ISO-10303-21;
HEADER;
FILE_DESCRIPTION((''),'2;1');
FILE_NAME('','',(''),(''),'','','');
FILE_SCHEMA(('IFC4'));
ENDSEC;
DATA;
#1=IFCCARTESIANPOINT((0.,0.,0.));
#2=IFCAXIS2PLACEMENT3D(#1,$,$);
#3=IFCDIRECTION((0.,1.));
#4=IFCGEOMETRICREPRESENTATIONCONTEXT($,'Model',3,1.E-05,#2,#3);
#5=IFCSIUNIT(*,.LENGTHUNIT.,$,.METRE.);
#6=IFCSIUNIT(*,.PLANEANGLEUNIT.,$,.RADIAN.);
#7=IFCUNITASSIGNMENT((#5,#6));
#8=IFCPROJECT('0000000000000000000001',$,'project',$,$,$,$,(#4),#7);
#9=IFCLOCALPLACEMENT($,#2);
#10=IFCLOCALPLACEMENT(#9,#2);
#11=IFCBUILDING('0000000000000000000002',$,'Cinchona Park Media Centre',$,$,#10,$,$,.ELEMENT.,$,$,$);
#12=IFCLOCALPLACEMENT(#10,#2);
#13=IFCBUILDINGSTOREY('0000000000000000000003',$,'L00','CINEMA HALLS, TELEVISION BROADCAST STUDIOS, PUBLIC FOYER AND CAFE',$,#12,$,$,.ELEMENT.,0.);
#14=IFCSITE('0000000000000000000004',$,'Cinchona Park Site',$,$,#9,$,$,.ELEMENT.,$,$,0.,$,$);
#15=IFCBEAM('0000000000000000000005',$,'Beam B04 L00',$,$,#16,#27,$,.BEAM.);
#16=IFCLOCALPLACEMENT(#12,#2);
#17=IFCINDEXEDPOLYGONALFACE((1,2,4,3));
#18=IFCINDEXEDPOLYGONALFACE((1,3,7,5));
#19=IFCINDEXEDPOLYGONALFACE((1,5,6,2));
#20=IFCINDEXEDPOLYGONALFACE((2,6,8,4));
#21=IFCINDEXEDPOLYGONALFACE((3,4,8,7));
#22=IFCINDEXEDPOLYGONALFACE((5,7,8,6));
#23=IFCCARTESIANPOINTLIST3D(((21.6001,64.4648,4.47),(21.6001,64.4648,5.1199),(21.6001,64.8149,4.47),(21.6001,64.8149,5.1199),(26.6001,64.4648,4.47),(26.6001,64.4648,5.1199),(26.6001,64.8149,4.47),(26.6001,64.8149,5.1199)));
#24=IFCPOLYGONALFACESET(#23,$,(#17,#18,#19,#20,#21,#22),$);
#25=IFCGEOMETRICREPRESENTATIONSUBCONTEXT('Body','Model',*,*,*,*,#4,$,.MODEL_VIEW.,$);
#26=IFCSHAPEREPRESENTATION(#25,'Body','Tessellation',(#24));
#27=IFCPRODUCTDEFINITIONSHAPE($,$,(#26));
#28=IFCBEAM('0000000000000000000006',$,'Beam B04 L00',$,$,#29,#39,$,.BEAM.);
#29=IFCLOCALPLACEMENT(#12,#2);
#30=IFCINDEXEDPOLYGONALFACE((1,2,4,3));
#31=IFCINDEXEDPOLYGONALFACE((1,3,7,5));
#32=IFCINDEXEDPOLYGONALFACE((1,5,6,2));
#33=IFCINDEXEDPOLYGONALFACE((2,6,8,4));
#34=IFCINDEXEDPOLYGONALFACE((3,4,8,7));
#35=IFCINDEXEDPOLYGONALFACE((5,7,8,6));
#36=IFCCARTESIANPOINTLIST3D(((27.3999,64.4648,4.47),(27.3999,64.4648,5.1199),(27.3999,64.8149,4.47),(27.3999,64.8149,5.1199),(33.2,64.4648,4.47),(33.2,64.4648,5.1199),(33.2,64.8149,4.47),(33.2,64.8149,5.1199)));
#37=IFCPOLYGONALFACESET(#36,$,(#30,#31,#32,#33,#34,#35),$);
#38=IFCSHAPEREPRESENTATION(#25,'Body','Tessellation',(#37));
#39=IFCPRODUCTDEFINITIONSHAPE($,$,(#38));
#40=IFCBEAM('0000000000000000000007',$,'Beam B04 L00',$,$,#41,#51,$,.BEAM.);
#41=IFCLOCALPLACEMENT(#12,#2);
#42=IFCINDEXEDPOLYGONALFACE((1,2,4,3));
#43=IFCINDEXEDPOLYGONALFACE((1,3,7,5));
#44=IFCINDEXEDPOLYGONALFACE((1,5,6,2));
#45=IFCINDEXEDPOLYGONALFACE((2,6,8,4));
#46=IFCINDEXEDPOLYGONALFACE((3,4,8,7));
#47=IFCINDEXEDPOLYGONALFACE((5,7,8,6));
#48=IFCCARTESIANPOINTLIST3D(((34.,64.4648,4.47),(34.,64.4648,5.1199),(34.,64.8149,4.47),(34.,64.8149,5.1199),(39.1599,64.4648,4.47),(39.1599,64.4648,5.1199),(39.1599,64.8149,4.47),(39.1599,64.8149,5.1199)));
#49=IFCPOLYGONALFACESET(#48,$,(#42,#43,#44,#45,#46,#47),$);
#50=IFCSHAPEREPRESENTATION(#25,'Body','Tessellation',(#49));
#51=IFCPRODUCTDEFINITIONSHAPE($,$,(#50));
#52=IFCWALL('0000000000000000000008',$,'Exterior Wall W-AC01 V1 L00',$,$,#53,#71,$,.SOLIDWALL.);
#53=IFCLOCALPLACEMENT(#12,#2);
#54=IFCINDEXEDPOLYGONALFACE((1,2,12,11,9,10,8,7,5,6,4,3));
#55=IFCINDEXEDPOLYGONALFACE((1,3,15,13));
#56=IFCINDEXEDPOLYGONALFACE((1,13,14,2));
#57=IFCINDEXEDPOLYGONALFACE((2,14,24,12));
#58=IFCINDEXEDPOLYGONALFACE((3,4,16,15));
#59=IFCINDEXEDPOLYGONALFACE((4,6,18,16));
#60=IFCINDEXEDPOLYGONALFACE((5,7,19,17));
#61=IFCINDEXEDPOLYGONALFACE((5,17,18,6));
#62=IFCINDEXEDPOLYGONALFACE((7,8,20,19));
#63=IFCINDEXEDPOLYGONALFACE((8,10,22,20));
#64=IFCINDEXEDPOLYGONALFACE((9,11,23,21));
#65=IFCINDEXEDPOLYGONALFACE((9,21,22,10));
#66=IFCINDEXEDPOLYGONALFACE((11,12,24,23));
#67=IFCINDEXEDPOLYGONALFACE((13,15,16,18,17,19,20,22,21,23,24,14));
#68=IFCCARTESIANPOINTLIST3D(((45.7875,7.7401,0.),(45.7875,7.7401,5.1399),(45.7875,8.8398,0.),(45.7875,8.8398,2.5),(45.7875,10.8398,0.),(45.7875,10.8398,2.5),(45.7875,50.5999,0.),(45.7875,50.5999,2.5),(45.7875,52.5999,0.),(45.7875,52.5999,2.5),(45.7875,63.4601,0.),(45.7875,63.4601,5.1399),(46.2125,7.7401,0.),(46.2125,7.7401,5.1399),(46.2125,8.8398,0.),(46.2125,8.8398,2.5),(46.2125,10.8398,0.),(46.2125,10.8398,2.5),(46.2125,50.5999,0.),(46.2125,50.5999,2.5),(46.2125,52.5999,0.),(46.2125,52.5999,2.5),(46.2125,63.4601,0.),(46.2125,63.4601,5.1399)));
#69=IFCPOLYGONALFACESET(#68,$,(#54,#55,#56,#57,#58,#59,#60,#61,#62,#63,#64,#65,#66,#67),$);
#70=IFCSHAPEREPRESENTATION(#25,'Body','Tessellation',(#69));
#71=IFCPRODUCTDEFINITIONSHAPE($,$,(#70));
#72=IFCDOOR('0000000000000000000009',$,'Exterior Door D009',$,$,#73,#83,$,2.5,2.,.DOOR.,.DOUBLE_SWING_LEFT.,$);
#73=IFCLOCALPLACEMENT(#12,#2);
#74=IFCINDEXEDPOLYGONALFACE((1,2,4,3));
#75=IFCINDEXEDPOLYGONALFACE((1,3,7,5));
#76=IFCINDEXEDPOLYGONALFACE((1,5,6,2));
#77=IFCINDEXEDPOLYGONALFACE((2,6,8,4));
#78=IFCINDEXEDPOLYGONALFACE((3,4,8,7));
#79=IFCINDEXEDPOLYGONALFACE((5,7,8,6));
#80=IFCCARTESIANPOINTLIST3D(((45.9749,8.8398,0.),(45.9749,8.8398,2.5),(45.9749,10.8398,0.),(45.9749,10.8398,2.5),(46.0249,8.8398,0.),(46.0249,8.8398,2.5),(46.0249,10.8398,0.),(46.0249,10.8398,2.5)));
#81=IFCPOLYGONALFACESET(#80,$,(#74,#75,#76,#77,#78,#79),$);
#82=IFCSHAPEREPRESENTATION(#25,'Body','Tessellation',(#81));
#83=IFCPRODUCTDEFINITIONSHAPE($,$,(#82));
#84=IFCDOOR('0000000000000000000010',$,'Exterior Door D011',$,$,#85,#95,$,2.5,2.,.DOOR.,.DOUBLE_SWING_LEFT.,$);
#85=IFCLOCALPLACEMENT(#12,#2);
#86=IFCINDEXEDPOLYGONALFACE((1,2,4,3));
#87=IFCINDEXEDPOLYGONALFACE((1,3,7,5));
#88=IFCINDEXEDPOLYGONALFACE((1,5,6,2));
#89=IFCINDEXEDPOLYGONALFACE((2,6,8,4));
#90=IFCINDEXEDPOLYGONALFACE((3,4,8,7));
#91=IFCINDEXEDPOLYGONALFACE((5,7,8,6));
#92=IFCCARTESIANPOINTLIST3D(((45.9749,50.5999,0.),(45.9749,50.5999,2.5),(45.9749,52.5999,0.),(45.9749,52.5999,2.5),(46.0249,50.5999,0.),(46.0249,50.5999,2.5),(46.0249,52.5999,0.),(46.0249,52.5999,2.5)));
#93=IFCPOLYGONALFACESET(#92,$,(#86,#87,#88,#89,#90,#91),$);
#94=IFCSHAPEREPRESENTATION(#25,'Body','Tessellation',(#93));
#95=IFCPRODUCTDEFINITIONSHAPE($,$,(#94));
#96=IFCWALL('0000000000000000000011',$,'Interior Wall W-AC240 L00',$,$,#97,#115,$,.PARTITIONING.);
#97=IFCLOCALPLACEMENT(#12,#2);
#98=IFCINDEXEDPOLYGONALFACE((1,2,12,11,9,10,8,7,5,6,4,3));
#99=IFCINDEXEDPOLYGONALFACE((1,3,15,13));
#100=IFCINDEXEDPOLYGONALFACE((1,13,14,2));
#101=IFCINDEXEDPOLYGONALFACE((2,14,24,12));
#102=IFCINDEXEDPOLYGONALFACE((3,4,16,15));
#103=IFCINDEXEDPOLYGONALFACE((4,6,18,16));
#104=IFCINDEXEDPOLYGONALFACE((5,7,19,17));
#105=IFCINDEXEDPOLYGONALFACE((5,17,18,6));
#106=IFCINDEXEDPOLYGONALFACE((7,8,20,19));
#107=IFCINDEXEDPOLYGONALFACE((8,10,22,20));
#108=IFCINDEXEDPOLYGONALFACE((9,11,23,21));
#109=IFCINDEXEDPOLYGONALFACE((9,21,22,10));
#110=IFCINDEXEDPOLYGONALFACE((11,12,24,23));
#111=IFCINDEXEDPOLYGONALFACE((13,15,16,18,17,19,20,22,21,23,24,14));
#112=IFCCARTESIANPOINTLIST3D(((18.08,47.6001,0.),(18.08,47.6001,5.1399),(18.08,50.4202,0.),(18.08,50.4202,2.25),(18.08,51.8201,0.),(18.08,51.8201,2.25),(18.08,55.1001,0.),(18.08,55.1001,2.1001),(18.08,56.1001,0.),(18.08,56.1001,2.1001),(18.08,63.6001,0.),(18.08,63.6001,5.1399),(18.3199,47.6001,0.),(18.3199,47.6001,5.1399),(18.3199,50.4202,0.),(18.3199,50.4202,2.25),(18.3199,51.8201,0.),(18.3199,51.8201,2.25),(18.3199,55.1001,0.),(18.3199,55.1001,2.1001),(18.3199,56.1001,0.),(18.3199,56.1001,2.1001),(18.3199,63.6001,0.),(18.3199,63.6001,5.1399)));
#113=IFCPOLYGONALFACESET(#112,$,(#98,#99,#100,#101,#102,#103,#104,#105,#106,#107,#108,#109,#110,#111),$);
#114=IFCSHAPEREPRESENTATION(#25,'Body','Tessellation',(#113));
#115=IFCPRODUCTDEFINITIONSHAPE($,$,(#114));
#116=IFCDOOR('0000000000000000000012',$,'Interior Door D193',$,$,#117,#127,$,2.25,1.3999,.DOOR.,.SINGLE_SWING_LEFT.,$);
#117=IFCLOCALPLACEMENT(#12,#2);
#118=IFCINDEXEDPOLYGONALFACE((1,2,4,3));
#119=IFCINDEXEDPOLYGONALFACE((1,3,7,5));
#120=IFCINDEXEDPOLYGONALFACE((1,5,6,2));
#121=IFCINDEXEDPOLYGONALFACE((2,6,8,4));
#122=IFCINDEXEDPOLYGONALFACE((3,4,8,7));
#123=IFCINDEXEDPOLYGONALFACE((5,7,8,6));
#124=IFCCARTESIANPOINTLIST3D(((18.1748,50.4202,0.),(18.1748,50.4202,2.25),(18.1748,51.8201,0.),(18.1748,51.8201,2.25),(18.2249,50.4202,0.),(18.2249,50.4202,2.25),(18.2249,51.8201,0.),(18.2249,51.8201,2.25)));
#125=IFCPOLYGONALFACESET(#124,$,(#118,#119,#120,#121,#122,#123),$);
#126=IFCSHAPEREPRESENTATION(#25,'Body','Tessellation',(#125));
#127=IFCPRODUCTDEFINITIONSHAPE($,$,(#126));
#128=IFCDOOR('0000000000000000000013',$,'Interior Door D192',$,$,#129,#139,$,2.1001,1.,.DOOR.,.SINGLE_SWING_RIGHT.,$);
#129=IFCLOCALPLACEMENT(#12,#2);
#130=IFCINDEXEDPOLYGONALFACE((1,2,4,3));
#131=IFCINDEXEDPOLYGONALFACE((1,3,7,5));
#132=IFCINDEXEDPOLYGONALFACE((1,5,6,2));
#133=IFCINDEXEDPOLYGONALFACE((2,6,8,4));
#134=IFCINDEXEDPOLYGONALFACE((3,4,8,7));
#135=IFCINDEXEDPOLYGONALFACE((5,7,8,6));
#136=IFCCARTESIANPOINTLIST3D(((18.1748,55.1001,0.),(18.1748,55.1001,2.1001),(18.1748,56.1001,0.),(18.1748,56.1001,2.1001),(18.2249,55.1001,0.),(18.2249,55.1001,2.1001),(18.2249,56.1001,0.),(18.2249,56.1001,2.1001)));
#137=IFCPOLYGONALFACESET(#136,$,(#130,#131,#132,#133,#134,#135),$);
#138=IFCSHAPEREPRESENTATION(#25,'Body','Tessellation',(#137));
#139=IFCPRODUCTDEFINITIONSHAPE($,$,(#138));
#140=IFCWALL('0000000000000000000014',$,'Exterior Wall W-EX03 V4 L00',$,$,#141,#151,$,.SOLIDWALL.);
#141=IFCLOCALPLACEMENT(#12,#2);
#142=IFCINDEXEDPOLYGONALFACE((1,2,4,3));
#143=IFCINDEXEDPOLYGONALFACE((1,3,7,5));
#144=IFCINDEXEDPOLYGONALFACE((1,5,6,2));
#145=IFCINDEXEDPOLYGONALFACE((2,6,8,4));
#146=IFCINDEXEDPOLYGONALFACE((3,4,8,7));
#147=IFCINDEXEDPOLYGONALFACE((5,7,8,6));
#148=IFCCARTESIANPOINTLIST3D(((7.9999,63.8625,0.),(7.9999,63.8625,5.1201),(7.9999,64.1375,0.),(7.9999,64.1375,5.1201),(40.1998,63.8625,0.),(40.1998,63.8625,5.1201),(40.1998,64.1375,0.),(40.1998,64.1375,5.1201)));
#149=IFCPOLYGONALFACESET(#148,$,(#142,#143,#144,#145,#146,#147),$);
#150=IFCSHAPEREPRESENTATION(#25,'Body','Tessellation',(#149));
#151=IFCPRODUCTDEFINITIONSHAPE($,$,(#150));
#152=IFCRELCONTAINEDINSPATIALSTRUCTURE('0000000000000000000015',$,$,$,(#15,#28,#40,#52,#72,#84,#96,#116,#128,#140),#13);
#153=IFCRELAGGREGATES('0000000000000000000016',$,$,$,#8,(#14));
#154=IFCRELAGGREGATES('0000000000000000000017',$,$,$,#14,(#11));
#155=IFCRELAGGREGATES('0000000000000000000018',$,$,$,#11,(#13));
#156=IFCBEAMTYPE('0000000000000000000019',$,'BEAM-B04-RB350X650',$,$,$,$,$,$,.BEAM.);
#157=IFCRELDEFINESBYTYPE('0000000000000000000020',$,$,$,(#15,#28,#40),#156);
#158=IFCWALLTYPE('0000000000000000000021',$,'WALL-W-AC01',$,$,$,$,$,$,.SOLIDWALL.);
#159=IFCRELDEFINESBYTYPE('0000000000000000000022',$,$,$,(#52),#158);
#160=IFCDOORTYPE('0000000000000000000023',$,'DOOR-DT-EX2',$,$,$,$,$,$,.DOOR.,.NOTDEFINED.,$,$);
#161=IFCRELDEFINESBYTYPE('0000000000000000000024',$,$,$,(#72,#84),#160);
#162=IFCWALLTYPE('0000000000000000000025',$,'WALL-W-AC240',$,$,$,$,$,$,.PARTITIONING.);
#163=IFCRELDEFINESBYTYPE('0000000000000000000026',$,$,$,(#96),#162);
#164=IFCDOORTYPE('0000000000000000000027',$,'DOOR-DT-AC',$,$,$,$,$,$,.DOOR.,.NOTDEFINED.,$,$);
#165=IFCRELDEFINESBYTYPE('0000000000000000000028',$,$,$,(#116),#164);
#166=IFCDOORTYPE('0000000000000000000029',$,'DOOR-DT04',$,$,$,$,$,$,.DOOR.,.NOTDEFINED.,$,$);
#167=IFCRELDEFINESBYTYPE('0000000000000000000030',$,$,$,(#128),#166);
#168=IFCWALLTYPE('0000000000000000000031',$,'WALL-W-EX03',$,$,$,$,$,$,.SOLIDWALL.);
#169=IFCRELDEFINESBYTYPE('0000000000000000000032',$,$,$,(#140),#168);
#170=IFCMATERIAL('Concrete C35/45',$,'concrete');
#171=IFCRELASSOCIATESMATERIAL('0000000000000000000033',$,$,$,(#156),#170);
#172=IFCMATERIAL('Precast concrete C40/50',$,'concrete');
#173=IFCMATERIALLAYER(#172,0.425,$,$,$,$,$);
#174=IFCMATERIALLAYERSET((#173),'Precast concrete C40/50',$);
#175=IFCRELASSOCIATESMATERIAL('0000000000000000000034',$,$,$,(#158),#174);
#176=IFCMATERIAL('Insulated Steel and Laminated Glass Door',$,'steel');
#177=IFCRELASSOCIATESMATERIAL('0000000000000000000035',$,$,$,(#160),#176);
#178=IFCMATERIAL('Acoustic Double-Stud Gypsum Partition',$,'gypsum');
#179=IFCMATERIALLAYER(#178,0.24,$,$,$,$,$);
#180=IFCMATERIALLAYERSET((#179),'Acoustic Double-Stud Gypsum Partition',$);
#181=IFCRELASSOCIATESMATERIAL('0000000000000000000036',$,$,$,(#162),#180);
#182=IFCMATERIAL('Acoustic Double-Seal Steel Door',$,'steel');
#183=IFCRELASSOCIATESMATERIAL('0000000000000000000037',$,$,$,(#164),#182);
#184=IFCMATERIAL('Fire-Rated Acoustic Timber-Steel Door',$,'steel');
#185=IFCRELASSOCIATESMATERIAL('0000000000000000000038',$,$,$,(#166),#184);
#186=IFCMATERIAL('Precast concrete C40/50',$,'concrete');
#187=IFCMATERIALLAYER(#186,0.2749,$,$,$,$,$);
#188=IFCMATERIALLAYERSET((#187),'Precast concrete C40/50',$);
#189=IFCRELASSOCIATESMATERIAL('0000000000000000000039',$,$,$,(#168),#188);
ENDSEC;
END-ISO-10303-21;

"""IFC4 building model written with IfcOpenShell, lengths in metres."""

from ifc_helpers import new_model, si_unit, direction, frame, frame_2d, origin, origin_2d, place, context, subcontext, project, spatial, rectangle, extrude, material, layer, layer_set, material_profile, profile_set, type_object, element, fill, save


model = new_model("IFC4")

# Units and contexts
model_context = context("Model", 3, precision=1e-05, world=origin(), true_north=direction((0.0, 1.0)))
body_context = subcontext(model_context, "Body", "Model", "MODEL_VIEW")
ifc_project = project(units=[si_unit("LENGTHUNIT", "METRE"), si_unit("PLANEANGLEUNIT", "RADIAN")], contexts=[model_context])

# Site, building, storey
site_placement = place(None, origin())
site = spatial("IfcSite", under=ifc_project, at=site_placement, Name="Cinchona Park Site", CompositionType="ELEMENT", RefElevation=0.0)
building_placement = place(site_placement, origin())
building = spatial("IfcBuilding", under=site, at=building_placement, Name="Cinchona Park Media Centre", CompositionType="ELEMENT")
storey_placement = place(building_placement, origin())
storey = spatial("IfcBuildingStorey", under=building, at=storey_placement, Name="L00", Description="CINEMA HALLS, TELEVISION BROADCAST STUDIOS, PUBLIC FOYER AND CAFE", CompositionType="ELEMENT", Elevation=0.0)

# Beams
ifc_material_1 = material(Name="Concrete C35/45", Category="concrete")
ifc_material_profile_1 = material_profile(ifc_material_1, rectangle(XDim=0.3501, YDim=0.6499, at=origin_2d()), Name="RB 350X650")
ifc_profile_set_1 = profile_set([ifc_material_profile_1], Name="Concrete C35/45")
beam_type_1 = type_object("IfcBeamType", Name="BEAM-B04-RB350X650", PredefinedType="BEAM", material=ifc_profile_set_1)
for number, where, z_axis, x_axis, name in (
    (1, (21.6001, 64.6399, 4.7949), (1.0, 0.0, 0.0), (0.0, 1.0, 0.0), "Beam B04 L00"),
):
    element("IfcBeam", number, at=place(storey_placement, frame(where, z_axis=z_axis, x_axis=x_axis)), inside=storey, type_object=beam_type_1, Name=name, PredefinedType="BEAM", context=body_context, shape_type="SweptSolid", body=[
        extrude(rectangle(XDim=0.3501, YDim=0.6499, at=origin_2d()), origin(), (0.0, 0.0, 1.0), 5.0),
    ])
beam_1_placement = place(storey_placement, frame((27.3999, 64.6399, 4.7949), z_axis=(1.0, 0.0, 0.0), x_axis=(0.0, 1.0, 0.0)))
element("IfcBeam", 2, at=beam_1_placement, inside=storey, type_object=beam_type_1, Name="Beam B04 L00", PredefinedType="BEAM", context=body_context, shape_type="SweptSolid", body=[
    extrude(rectangle(XDim=0.3501, YDim=0.6499, at=origin_2d()), origin(), (0.0, 0.0, 1.0), 5.8),
])
beam_2_placement = place(storey_placement, frame((34.0, 64.6399, 4.7949), z_axis=(1.0, 0.0, 0.0), x_axis=(0.0, 1.0, 0.0)))
element("IfcBeam", 3, at=beam_2_placement, inside=storey, type_object=beam_type_1, Name="Beam B04 L00", PredefinedType="BEAM", context=body_context, shape_type="SweptSolid", body=[
    extrude(rectangle(XDim=0.3501, YDim=0.6499, at=origin_2d()), origin(), (0.0, 0.0, 1.0), 5.1599),
])

# Walls, openings, doors
ifc_material_2 = material(Name="Precast concrete C40/50", Category="concrete")
ifc_layer_1 = layer(ifc_material_2, 0.425)
ifc_layer_set_1 = layer_set([ifc_layer_1], Name="Precast concrete C40/50")
wall_type_1 = type_object("IfcWallType", Name="WALL-W-AC01", PredefinedType="SOLIDWALL", material=ifc_layer_set_1)
wall_1_placement = place(storey_placement, frame((46.0, 63.46, 0.0), z_axis=(0.0, 0.0, 1.0), x_axis=(0.0, -1.0, 0.0)))
wall_1 = element("IfcWall", 4, at=wall_1_placement, inside=storey, type_object=wall_type_1, Name="Exterior Wall W-AC01 V1 L00", PredefinedType="SOLIDWALL", context=body_context, shape_type="SweptSolid", body=[
    extrude(rectangle(XDim=55.72, YDim=0.425, at=frame_2d((27.8599, 0.0))), origin(), (0.0, 0.0, 1.0), 5.1399),
])
opening_1_placement = place(wall_1_placement, frame((52.6201, 0.0, 0.0)))
opening_1 = element("IfcOpeningElement", 5, at=opening_1_placement, cuts=wall_1, PredefinedType="OPENING", context=body_context, shape_type="SweptSolid", body=[
    extrude(rectangle(XDim=2.0, YDim=2.5, at=frame_2d((1.0, 1.25))), frame((0.0, 0.2224, 0.0), z_axis=(0.0, -1.0, 0.0), x_axis=(1.0, 0.0, 0.0)), (0.0, 0.0, 1.0), 0.4451),
])
opening_2_placement = place(wall_1_placement, frame((10.8601, 0.0, 0.0)))
opening_2 = element("IfcOpeningElement", 6, at=opening_2_placement, cuts=wall_1, PredefinedType="OPENING", context=body_context, shape_type="SweptSolid", body=[
    extrude(rectangle(XDim=2.0, YDim=2.5, at=frame_2d((1.0, 1.25))), frame((0.0, 0.2224, 0.0), z_axis=(0.0, -1.0, 0.0), x_axis=(1.0, 0.0, 0.0)), (0.0, 0.0, 1.0), 0.4451),
])
ifc_material_3 = material(Name="Insulated Steel and Laminated Glass Door", Category="steel")
door_type_1 = type_object("IfcDoorType", Name="DOOR-DT-EX2", OperationType="NOTDEFINED", PredefinedType="DOOR", material=ifc_material_3)
door_1_placement = place(opening_1_placement, origin())
door_1 = element("IfcDoor", 7, at=door_1_placement, inside=storey, type_object=door_type_1, Name="Exterior Door D009", OperationType="DOUBLE_SWING_LEFT", OverallHeight=2.5, OverallWidth=2.0, PredefinedType="DOOR", context=body_context, shape_type="SweptSolid", body=[
    extrude(rectangle(XDim=2.0, YDim=2.5, at=frame_2d((1.0, 1.25))), frame((0.0, 0.0249, 0.0), z_axis=(0.0, -1.0, 0.0), x_axis=(1.0, 0.0, 0.0)), (0.0, 0.0, 1.0), 0.05),
])
fill(opening_1, door_1)
door_2_placement = place(opening_2_placement, origin())
door_2 = element("IfcDoor", 8, at=door_2_placement, inside=storey, type_object=door_type_1, Name="Exterior Door D011", OperationType="DOUBLE_SWING_LEFT", OverallHeight=2.5, OverallWidth=2.0, PredefinedType="DOOR", context=body_context, shape_type="SweptSolid", body=[
    extrude(rectangle(XDim=2.0, YDim=2.5, at=frame_2d((1.0, 1.25))), frame((0.0, 0.0249, 0.0), z_axis=(0.0, -1.0, 0.0), x_axis=(1.0, 0.0, 0.0)), (0.0, 0.0, 1.0), 0.05),
])
fill(opening_2, door_2)
ifc_material_4 = material(Name="Acoustic Double-Stud Gypsum Partition", Category="gypsum")
ifc_layer_2 = layer(ifc_material_4, 0.24)
ifc_layer_set_2 = layer_set([ifc_layer_2], Name="Acoustic Double-Stud Gypsum Partition")
wall_type_2 = type_object("IfcWallType", Name="WALL-W-AC240", PredefinedType="PARTITIONING", material=ifc_layer_set_2)
wall_2_placement = place(storey_placement, frame((18.2, 63.6001, 0.0), z_axis=(0.0, 0.0, 1.0), x_axis=(0.0, -1.0, 0.0)))
wall_2 = element("IfcWall", 9, at=wall_2_placement, inside=storey, type_object=wall_type_2, Name="Interior Wall W-AC240 L00", PredefinedType="PARTITIONING", context=body_context, shape_type="SweptSolid", body=[
    extrude(rectangle(XDim=16.0, YDim=0.24, at=frame_2d((8.0, 0.0))), origin(), (0.0, 0.0, 1.0), 5.1399),
])
opening_3_placement = place(wall_2_placement, frame((7.5, 0.0, 0.0)))
opening_3 = element("IfcOpeningElement", 10, at=opening_3_placement, cuts=wall_2, PredefinedType="OPENING", context=body_context, shape_type="SweptSolid", body=[
    extrude(rectangle(XDim=1.0, YDim=2.1001, at=frame_2d((0.5, 1.05))), frame((0.0, 0.1299, 0.0), z_axis=(0.0, -1.0, 0.0), x_axis=(1.0, 0.0, 0.0)), (0.0, 0.0, 1.0), 0.26),
])
opening_4_placement = place(wall_2_placement, frame((11.78, 0.0, 0.0)))
opening_4 = element("IfcOpeningElement", 11, at=opening_4_placement, cuts=wall_2, PredefinedType="OPENING", context=body_context, shape_type="SweptSolid", body=[
    extrude(rectangle(XDim=1.3999, YDim=2.25, at=frame_2d((0.7, 1.125))), frame((0.0, 0.1299, 0.0), z_axis=(0.0, -1.0, 0.0), x_axis=(1.0, 0.0, 0.0)), (0.0, 0.0, 1.0), 0.26),
])
ifc_material_5 = material(Name="Acoustic Double-Seal Steel Door", Category="steel")
door_type_2 = type_object("IfcDoorType", Name="DOOR-DT-AC", OperationType="NOTDEFINED", PredefinedType="DOOR", material=ifc_material_5)
door_3_placement = place(opening_4_placement, origin())
door_3 = element("IfcDoor", 12, at=door_3_placement, inside=storey, type_object=door_type_2, Name="Interior Door D193", OperationType="SINGLE_SWING_LEFT", OverallHeight=2.25, OverallWidth=1.3999, PredefinedType="DOOR", context=body_context, shape_type="SweptSolid", body=[
    extrude(rectangle(XDim=1.3999, YDim=2.25, at=frame_2d((0.7, 1.125))), frame((0.0, 0.0249, 0.0), z_axis=(0.0, -1.0, 0.0), x_axis=(1.0, 0.0, 0.0)), (0.0, 0.0, 1.0), 0.05),
])
fill(opening_4, door_3)
ifc_material_6 = material(Name="Fire-Rated Acoustic Timber-Steel Door", Category="steel")
door_type_3 = type_object("IfcDoorType", Name="DOOR-DT04", OperationType="NOTDEFINED", PredefinedType="DOOR", material=ifc_material_6)
door_4_placement = place(opening_3_placement, origin())
door_4 = element("IfcDoor", 13, at=door_4_placement, inside=storey, type_object=door_type_3, Name="Interior Door D192", OperationType="SINGLE_SWING_RIGHT", OverallHeight=2.1001, OverallWidth=1.0, PredefinedType="DOOR", context=body_context, shape_type="SweptSolid", body=[
    extrude(rectangle(XDim=1.0, YDim=2.1001, at=frame_2d((0.5, 1.05))), frame((0.0, 0.0249, 0.0), z_axis=(0.0, -1.0, 0.0), x_axis=(1.0, 0.0, 0.0)), (0.0, 0.0, 1.0), 0.05),
])
fill(opening_3, door_4)

# Wall
ifc_material_7 = material(Name="Precast concrete C40/50", Category="concrete")
ifc_layer_3 = layer(ifc_material_7, 0.2749)
ifc_layer_set_3 = layer_set([ifc_layer_3], Name="Precast concrete C40/50")
wall_type_3 = type_object("IfcWallType", Name="WALL-W-EX03", PredefinedType="SOLIDWALL", material=ifc_layer_set_3)
wall_3_placement = place(storey_placement, frame((40.2, 64.0, 0.0), z_axis=(0.0, 0.0, 1.0), x_axis=(-1.0, 0.0, 0.0)))
element("IfcWall", 14, at=wall_3_placement, inside=storey, type_object=wall_type_3, Name="Exterior Wall W-EX03 V4 L00", PredefinedType="SOLIDWALL", context=body_context, shape_type="SweptSolid", body=[
    extrude(rectangle(XDim=32.2, YDim=0.2749, at=frame_2d((16.1001, 0.0))), origin(), (0.0, 0.0, 1.0), 5.1201),
])

save(model, "model.ifc")
